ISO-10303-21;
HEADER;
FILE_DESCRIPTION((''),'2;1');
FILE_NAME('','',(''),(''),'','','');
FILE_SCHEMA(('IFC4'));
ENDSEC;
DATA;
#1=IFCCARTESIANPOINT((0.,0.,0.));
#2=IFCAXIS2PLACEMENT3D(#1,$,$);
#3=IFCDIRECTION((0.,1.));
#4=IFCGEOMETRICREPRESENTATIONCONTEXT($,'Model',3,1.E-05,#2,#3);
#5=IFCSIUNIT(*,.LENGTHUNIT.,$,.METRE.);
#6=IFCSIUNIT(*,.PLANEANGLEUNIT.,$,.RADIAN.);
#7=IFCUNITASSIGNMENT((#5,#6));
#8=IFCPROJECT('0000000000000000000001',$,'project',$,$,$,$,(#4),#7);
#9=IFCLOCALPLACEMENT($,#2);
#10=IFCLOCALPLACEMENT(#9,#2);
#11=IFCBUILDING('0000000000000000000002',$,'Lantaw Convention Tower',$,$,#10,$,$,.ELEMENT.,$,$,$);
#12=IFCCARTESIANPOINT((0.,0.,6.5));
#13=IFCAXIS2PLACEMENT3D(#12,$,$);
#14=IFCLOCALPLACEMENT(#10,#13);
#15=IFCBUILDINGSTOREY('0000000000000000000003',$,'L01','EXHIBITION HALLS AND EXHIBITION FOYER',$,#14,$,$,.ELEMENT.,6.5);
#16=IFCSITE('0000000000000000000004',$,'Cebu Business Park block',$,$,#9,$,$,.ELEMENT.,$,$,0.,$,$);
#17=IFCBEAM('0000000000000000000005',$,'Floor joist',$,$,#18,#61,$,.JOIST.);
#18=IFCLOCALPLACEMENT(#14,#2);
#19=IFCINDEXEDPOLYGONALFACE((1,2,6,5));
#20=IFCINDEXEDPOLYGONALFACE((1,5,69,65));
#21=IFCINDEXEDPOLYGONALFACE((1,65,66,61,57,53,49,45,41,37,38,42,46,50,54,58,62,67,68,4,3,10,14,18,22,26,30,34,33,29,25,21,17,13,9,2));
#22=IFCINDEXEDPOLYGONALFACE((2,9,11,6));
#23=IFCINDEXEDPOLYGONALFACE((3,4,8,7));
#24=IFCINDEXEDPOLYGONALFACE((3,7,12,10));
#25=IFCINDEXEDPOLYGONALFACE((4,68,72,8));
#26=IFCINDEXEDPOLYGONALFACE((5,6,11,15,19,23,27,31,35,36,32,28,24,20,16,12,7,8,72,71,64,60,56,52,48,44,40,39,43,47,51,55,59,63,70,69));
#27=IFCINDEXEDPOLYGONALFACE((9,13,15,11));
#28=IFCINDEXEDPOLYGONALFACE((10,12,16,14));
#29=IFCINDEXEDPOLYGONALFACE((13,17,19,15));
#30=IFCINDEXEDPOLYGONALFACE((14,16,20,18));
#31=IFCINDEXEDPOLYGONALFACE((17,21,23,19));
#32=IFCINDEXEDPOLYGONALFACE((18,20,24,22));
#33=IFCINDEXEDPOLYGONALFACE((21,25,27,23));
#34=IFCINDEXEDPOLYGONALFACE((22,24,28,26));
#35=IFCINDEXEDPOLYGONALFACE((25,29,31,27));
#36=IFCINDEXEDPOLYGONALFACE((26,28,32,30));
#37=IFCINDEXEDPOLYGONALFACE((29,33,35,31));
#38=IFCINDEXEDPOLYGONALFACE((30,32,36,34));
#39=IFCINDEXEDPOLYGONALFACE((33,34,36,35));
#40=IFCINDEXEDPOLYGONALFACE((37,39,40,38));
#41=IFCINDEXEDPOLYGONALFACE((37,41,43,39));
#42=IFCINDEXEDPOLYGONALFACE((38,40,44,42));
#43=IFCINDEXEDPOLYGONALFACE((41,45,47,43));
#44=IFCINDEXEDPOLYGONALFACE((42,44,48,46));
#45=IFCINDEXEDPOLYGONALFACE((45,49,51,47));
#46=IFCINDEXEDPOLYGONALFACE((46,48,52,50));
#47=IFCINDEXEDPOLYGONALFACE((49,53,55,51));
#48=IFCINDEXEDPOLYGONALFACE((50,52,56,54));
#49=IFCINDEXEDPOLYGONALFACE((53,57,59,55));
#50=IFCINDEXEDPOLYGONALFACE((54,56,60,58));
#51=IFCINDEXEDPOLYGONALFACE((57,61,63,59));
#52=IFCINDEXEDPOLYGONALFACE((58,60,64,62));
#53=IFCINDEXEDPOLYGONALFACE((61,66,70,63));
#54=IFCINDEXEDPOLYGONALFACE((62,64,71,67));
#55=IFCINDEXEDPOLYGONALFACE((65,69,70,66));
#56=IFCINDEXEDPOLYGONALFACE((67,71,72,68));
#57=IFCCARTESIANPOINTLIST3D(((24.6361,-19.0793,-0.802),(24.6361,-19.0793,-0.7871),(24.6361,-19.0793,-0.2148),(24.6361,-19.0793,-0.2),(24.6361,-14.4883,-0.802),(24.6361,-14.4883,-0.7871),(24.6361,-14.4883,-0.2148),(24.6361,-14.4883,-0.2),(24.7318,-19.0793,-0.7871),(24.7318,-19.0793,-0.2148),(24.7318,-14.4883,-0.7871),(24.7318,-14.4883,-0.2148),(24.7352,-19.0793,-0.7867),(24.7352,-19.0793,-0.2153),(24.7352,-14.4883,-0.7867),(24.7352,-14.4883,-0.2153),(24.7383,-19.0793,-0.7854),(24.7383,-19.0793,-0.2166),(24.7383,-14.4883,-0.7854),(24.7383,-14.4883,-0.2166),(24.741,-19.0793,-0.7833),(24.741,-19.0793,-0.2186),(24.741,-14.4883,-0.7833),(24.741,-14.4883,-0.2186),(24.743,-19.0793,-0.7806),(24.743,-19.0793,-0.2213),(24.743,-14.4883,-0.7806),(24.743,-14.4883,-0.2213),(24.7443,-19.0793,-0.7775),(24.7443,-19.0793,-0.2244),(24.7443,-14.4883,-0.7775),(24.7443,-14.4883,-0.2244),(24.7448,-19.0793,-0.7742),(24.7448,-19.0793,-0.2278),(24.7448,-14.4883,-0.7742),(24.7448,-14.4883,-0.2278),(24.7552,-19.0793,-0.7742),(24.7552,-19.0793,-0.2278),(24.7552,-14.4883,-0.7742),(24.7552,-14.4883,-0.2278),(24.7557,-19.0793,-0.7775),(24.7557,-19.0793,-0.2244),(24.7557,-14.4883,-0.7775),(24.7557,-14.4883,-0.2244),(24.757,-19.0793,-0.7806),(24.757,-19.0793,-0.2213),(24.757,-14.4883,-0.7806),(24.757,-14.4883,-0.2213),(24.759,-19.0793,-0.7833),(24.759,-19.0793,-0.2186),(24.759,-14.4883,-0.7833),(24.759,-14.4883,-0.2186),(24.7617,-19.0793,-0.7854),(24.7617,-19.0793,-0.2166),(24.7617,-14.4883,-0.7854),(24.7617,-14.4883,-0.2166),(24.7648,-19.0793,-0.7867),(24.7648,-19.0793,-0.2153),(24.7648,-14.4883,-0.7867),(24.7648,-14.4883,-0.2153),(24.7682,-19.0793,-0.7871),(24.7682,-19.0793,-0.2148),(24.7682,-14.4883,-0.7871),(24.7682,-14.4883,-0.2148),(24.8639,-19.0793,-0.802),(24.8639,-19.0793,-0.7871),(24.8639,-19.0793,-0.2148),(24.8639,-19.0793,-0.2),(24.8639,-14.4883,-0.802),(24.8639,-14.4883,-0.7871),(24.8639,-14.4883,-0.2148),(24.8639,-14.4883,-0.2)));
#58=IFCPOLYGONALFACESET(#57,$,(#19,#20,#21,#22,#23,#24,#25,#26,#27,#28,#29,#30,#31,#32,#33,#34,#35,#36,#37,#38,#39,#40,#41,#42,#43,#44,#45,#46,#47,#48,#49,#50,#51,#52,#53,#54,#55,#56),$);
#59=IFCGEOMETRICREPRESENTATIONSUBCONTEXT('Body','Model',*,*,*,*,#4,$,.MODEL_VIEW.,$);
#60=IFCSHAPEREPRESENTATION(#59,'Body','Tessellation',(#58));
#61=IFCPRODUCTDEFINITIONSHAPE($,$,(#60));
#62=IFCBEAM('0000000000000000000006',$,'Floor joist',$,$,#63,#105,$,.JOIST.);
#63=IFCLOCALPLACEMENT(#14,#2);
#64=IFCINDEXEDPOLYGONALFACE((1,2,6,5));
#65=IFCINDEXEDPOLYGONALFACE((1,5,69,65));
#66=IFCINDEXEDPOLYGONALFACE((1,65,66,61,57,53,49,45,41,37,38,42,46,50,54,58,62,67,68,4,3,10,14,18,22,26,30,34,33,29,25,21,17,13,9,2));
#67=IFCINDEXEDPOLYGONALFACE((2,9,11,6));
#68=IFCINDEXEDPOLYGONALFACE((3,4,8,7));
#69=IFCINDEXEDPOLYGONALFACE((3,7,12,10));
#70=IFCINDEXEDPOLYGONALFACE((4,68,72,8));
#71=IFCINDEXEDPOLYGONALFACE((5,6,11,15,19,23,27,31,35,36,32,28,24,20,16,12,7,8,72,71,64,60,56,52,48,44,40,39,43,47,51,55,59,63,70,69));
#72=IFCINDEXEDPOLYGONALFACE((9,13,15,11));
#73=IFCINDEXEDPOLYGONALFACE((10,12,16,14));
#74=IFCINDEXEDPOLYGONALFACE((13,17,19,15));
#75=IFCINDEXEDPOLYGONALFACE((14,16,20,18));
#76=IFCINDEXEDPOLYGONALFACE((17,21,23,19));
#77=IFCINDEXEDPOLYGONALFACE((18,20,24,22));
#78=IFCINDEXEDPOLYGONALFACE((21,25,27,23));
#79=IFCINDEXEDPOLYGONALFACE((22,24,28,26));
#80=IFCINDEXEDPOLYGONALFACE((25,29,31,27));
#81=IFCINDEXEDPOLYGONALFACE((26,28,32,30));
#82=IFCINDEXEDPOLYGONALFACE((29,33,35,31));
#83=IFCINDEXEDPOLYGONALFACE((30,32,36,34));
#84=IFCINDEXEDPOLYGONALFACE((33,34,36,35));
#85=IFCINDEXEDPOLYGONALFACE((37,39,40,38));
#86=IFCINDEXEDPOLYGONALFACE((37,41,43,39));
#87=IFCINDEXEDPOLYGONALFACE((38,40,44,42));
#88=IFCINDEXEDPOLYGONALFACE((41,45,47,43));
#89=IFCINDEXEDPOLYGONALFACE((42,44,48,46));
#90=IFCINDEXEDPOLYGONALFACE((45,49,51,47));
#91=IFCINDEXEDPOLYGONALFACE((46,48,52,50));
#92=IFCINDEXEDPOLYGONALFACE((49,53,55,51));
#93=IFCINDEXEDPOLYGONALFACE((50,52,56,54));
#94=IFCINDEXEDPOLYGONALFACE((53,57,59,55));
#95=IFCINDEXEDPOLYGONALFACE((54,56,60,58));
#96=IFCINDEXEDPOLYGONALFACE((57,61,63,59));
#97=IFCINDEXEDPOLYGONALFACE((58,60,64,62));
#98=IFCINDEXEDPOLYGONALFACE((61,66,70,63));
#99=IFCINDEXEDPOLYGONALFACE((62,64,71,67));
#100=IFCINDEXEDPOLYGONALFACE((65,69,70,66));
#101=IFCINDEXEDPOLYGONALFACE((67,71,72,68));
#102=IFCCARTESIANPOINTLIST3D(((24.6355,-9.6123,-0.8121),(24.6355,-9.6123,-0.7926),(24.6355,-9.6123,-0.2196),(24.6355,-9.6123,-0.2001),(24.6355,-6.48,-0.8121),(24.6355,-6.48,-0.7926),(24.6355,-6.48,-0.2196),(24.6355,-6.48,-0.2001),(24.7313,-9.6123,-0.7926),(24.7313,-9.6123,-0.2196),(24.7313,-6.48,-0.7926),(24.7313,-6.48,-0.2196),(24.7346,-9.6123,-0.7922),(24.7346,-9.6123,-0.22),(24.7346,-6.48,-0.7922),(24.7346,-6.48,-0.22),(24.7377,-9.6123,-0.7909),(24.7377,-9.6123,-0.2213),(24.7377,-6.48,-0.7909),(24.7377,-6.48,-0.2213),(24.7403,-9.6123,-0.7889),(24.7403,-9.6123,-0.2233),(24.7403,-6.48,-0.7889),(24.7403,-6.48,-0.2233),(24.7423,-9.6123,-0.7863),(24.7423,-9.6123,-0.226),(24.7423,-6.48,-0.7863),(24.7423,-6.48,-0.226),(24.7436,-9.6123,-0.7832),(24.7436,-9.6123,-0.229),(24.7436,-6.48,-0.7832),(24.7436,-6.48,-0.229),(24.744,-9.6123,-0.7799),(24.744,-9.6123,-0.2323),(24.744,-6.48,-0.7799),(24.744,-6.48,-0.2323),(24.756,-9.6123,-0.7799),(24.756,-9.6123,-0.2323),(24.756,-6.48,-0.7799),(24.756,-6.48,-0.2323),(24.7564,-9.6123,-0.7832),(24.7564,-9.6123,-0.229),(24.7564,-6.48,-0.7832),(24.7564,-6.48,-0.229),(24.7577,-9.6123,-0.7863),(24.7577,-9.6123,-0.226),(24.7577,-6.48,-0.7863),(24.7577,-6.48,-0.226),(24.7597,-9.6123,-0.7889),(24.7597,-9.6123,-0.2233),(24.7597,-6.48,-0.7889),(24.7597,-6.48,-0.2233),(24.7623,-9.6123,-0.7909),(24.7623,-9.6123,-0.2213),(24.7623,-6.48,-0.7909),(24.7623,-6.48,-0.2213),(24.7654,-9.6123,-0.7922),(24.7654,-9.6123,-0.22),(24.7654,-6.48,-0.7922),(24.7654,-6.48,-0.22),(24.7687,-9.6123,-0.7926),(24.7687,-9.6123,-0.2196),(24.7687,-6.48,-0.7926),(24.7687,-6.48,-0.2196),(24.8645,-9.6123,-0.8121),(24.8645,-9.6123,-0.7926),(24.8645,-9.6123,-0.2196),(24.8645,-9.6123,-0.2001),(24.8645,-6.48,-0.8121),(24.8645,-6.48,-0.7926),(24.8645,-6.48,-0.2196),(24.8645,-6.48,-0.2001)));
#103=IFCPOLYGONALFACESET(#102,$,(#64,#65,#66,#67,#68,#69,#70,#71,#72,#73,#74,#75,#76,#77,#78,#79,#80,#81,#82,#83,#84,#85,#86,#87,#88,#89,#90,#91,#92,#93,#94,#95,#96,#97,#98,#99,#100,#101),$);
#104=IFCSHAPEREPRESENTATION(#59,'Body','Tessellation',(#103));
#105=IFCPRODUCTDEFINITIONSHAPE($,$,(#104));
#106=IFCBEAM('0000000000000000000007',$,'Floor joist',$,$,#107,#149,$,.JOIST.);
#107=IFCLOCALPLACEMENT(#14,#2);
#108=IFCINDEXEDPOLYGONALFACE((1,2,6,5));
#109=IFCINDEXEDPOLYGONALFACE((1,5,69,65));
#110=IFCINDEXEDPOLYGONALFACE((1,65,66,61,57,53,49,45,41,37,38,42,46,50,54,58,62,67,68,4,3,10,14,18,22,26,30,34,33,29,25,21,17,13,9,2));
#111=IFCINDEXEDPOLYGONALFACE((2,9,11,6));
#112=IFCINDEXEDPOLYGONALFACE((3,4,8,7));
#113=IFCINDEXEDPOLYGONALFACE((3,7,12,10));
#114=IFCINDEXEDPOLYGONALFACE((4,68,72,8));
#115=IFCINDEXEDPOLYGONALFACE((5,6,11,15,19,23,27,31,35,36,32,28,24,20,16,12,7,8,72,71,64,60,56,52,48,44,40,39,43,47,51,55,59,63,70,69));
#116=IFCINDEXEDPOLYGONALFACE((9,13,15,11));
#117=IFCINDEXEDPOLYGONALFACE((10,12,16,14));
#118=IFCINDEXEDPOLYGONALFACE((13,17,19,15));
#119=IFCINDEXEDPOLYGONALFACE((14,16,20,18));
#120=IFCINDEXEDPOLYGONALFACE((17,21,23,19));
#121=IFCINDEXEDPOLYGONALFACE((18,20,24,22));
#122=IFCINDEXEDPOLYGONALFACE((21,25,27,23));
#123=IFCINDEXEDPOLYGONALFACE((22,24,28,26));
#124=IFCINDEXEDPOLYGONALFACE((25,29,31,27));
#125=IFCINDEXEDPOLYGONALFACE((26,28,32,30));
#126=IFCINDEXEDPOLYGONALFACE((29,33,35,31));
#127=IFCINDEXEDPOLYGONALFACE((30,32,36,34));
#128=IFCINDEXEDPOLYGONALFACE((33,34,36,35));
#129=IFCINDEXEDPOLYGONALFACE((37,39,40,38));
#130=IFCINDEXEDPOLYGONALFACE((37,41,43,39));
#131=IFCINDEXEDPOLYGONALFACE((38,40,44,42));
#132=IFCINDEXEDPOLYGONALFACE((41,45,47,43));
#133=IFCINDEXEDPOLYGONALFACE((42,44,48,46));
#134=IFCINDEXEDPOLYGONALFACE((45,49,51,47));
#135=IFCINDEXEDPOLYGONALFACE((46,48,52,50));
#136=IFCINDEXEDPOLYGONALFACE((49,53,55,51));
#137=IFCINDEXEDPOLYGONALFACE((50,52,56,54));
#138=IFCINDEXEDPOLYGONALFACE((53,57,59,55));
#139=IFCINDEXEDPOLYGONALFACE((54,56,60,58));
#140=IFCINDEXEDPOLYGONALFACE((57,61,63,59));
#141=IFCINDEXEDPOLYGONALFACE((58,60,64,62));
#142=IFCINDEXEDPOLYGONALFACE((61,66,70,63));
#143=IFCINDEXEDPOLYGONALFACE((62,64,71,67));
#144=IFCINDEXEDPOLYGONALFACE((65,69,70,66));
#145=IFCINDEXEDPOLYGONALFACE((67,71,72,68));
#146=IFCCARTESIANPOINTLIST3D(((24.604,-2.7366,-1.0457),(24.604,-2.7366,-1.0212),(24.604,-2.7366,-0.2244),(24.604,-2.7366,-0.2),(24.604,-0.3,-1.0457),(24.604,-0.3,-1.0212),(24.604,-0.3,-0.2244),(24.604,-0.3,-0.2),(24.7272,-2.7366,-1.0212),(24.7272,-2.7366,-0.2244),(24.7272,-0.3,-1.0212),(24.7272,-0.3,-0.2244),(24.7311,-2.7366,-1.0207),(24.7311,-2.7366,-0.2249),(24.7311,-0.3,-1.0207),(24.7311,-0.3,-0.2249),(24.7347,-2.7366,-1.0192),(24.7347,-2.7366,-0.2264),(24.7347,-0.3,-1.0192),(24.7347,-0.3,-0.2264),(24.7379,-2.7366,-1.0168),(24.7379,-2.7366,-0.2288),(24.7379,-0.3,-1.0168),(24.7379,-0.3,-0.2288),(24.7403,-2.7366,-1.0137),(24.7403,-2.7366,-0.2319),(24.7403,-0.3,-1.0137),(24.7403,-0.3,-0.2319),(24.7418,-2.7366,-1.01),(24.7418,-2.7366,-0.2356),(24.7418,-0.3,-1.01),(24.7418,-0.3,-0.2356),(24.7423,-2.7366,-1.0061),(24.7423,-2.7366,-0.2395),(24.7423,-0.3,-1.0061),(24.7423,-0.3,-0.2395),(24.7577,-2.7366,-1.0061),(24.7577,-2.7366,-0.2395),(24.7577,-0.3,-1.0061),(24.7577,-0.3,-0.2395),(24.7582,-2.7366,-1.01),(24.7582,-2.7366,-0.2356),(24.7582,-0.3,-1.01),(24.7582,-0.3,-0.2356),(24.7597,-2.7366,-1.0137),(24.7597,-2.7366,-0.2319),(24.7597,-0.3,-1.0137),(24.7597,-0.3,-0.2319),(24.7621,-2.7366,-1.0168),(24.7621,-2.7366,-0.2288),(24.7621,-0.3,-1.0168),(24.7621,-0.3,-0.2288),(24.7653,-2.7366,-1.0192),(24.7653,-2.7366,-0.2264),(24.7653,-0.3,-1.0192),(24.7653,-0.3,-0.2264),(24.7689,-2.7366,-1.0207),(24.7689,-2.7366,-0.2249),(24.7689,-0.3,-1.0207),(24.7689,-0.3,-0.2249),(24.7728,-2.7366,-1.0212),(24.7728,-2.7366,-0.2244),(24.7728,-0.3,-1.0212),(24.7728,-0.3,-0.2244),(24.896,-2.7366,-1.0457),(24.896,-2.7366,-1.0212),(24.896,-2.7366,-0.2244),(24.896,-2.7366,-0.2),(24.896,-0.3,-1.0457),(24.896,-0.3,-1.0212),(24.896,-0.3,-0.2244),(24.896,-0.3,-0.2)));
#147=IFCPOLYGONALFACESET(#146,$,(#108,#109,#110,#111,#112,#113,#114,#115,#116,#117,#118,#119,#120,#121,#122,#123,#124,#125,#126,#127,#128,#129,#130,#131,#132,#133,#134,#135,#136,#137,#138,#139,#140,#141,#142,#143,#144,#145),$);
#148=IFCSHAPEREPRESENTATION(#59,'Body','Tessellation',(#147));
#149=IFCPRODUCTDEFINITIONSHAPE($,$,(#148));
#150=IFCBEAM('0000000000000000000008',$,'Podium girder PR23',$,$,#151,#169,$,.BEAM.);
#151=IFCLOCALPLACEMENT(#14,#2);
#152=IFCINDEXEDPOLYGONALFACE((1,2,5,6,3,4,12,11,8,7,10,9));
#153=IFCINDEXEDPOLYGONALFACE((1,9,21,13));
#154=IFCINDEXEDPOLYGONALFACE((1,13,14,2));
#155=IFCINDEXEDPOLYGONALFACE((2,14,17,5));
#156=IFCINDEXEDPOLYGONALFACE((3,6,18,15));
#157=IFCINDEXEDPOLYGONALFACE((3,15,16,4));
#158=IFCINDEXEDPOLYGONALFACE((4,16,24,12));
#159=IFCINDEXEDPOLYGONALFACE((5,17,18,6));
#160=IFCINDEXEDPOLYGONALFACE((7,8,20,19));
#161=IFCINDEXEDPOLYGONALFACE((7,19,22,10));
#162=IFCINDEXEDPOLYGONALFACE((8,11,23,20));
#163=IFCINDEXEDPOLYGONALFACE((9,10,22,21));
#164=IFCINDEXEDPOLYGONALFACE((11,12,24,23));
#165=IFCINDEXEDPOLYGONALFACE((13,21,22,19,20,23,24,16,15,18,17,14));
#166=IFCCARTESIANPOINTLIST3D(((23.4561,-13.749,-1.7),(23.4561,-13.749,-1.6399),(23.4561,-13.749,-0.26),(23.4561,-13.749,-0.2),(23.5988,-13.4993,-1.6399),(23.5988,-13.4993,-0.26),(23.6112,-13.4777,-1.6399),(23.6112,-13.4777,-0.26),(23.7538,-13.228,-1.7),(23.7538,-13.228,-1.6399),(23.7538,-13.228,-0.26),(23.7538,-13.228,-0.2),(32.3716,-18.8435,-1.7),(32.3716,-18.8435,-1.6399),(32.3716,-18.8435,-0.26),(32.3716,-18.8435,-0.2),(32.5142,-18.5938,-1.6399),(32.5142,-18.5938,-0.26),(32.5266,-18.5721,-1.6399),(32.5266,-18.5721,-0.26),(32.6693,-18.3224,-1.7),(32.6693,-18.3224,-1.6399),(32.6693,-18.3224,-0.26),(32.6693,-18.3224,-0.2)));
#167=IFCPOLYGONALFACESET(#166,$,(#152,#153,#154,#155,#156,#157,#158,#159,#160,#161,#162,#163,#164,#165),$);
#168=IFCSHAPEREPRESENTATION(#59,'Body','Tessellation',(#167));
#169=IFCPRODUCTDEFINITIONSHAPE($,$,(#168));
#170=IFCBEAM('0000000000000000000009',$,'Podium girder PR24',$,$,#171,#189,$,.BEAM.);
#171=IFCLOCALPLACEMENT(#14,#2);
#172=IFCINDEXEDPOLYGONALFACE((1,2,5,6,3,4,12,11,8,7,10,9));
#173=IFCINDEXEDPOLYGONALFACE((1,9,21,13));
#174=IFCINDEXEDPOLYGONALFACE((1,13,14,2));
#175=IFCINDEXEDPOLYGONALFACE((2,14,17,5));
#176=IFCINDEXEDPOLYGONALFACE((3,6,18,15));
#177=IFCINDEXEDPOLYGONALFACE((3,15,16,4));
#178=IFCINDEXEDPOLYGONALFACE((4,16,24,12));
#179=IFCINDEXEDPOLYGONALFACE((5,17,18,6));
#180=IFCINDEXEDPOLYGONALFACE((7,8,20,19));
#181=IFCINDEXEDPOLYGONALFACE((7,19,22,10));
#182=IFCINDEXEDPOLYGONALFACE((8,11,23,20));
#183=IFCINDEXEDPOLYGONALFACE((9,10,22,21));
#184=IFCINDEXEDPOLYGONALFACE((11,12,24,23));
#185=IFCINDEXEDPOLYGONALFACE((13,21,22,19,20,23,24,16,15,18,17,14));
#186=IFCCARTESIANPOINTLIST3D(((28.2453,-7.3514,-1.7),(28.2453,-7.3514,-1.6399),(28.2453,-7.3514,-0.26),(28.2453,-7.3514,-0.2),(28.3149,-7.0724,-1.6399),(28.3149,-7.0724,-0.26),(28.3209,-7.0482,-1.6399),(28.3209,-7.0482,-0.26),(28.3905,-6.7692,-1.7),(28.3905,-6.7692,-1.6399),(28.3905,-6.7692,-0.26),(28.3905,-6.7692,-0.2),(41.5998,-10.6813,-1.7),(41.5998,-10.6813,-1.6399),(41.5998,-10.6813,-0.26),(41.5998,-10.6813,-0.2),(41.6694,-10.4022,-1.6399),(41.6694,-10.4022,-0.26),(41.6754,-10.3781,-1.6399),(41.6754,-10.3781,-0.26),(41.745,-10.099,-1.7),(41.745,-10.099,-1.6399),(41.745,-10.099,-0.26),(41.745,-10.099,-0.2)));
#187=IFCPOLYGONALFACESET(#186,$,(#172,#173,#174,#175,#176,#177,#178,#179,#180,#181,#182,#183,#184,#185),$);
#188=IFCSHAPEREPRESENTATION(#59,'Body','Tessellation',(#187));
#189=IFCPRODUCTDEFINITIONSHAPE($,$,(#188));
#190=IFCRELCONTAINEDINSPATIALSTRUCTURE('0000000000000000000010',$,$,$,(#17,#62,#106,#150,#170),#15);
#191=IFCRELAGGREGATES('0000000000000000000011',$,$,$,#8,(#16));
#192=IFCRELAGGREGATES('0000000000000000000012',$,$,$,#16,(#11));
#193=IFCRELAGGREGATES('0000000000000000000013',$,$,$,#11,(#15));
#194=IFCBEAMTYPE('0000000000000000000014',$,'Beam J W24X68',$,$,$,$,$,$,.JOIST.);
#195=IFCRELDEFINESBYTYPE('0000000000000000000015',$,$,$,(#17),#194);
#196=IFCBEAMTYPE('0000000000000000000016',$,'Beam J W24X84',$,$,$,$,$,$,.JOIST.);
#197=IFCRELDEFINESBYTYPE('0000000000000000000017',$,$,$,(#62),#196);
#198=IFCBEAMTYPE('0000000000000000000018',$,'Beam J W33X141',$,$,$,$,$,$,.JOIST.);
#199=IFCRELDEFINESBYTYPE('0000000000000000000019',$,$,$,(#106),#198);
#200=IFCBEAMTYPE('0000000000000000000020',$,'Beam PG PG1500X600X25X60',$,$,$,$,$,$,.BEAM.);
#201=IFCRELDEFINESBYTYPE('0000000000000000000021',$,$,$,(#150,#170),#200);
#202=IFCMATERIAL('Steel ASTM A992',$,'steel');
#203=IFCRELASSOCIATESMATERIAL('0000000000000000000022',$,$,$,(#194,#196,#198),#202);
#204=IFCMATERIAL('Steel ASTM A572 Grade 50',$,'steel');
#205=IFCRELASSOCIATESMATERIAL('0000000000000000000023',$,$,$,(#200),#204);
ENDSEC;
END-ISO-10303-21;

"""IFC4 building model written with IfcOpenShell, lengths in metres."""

from ifc_helpers import new_model, si_unit, direction, frame, origin, origin_2d, place, context, subcontext, project, spatial, i_section, extrude, material, material_profile, profile_set, type_object, element, save


model = new_model("IFC4")

# Units and contexts
model_context = context("Model", 3, precision=1e-05, world=origin(), true_north=direction((0.0, 1.0)))
body_context = subcontext(model_context, "Body", "Model", "MODEL_VIEW")
ifc_project = project(units=[si_unit("LENGTHUNIT", "METRE"), si_unit("PLANEANGLEUNIT", "RADIAN")], contexts=[model_context])

# Site, building, storey
site_placement = place(None, origin())
site = spatial("IfcSite", under=ifc_project, at=site_placement, Name="Cebu Business Park block", CompositionType="ELEMENT", RefElevation=0.0)
building_placement = place(site_placement, origin())
building = spatial("IfcBuilding", under=site, at=building_placement, Name="Lantaw Convention Tower", CompositionType="ELEMENT")
storey_placement = place(building_placement, frame((0.0, 0.0, 6.5)))
storey = spatial("IfcBuildingStorey", under=building, at=storey_placement, Name="L01", Description="EXHIBITION HALLS AND EXHIBITION FOYER", CompositionType="ELEMENT", Elevation=6.5)

# Shared definitions
ifc_material_1 = material(Name="Steel ASTM A572 Grade 50", Category="steel")

# Beams
ifc_material_2 = material(Name="Steel ASTM A992", Category="steel")
ifc_material_profile_1 = material_profile(ifc_material_2, i_section(OverallWidth=0.2278, OverallDepth=0.6021, WebThickness=0.0105, FlangeThickness=0.0149, FilletRadius=0.0129, at=origin_2d()), Name="W24X68")
ifc_profile_set_1 = profile_set([ifc_material_profile_1], Name="Steel ASTM A992")
beam_type_1 = type_object("IfcBeamType", Name="Beam J W24X68", PredefinedType="JOIST", material=ifc_profile_set_1)
beam_1_placement = place(storey_placement, frame((24.75, -19.0793, -0.501), z_axis=(0.0, 1.0, 0.0), x_axis=(-1.0, 0.0, 0.0)))
element("IfcBeam", 1, at=beam_1_placement, inside=storey, type_object=beam_type_1, Name="Floor joist", PredefinedType="JOIST", context=body_context, shape_type="SweptSolid", body=[
    extrude(i_section(OverallWidth=0.2278, OverallDepth=0.6021, WebThickness=0.0105, FlangeThickness=0.0149, FilletRadius=0.0129, at=origin_2d()), origin(), (0.0, 0.0, 1.0), 4.5911),
])
ifc_material_profile_2 = material_profile(ifc_material_2, i_section(OverallWidth=0.229, OverallDepth=0.6121, WebThickness=0.012, FlangeThickness=0.0195, FilletRadius=0.0127, at=origin_2d()), Name="W24X84")
ifc_profile_set_2 = profile_set([ifc_material_profile_2], Name="Steel ASTM A992")
beam_type_2 = type_object("IfcBeamType", Name="Beam J W24X84", PredefinedType="JOIST", material=ifc_profile_set_2)
beam_2_placement = place(storey_placement, frame((24.75, -9.6123, -0.5061), z_axis=(0.0, 1.0, 0.0), x_axis=(-1.0, 0.0, 0.0)))
element("IfcBeam", 2, at=beam_2_placement, inside=storey, type_object=beam_type_2, Name="Floor joist", PredefinedType="JOIST", context=body_context, shape_type="SweptSolid", body=[
    extrude(i_section(OverallWidth=0.229, OverallDepth=0.6121, WebThickness=0.012, FlangeThickness=0.0195, FilletRadius=0.0127, at=origin_2d()), origin(), (0.0, 0.0, 1.0), 3.1323),
])
ifc_material_profile_3 = material_profile(ifc_material_2, i_section(OverallWidth=0.292, OverallDepth=0.8457, WebThickness=0.0154, FlangeThickness=0.0244, FilletRadius=0.0151, at=origin_2d()), Name="W33X141")
ifc_profile_set_3 = profile_set([ifc_material_profile_3], Name="Steel ASTM A992")
beam_type_3 = type_object("IfcBeamType", Name="Beam J W33X141", PredefinedType="JOIST", material=ifc_profile_set_3)
beam_3_placement = place(storey_placement, frame((24.75, -2.7366, -0.6228), z_axis=(0.0, 1.0, 0.0), x_axis=(-1.0, 0.0, 0.0)))
element("IfcBeam", 3, at=beam_3_placement, inside=storey, type_object=beam_type_3, Name="Floor joist", PredefinedType="JOIST", context=body_context, shape_type="SweptSolid", body=[
    extrude(i_section(OverallWidth=0.292, OverallDepth=0.8457, WebThickness=0.0154, FlangeThickness=0.0244, FilletRadius=0.0151, at=origin_2d()), origin(), (0.0, 0.0, 1.0), 2.4365),
])
ifc_material_profile_4 = material_profile(ifc_material_1, i_section(OverallWidth=0.6001, OverallDepth=1.5, WebThickness=0.0249, FlangeThickness=0.0601, at=origin_2d()), Name="PG1500X600X25X60")
ifc_profile_set_4 = profile_set([ifc_material_profile_4], Name="Steel ASTM A572 Grade 50")
beam_type_4 = type_object("IfcBeamType", Name="Beam PG PG1500X600X25X60", PredefinedType="BEAM", material=ifc_profile_set_4)
beam_4_placement = place(storey_placement, frame((23.605, -13.4885, -0.95), z_axis=(0.868248, -0.496131, 0.0), x_axis=(0.496131, 0.868248, 0.0)))
element("IfcBeam", 4, at=beam_4_placement, inside=storey, type_object=beam_type_4, Name="Podium girder PR23", PredefinedType="BEAM", context=body_context, shape_type="SweptSolid", body=[
    extrude(i_section(OverallWidth=0.6001, OverallDepth=1.5, WebThickness=0.0249, FlangeThickness=0.0601, at=origin_2d()), origin(), (0.0, 0.0, 1.0), 10.2683),
])
beam_5_placement = place(storey_placement, frame((28.3179, -7.0603, -0.95), z_axis=(0.970293, -0.241935, 0.0), x_axis=(0.241935, 0.970293, 0.0)))
element("IfcBeam", 5, at=beam_5_placement, inside=storey, type_object=beam_type_4, Name="Podium girder PR24", PredefinedType="BEAM", context=body_context, shape_type="SweptSolid", body=[
    extrude(i_section(OverallWidth=0.6001, OverallDepth=1.5, WebThickness=0.0249, FlangeThickness=0.0601, at=origin_2d()), origin(), (0.0, 0.0, 1.0), 13.7634),
])

save(model, "model.ifc")
